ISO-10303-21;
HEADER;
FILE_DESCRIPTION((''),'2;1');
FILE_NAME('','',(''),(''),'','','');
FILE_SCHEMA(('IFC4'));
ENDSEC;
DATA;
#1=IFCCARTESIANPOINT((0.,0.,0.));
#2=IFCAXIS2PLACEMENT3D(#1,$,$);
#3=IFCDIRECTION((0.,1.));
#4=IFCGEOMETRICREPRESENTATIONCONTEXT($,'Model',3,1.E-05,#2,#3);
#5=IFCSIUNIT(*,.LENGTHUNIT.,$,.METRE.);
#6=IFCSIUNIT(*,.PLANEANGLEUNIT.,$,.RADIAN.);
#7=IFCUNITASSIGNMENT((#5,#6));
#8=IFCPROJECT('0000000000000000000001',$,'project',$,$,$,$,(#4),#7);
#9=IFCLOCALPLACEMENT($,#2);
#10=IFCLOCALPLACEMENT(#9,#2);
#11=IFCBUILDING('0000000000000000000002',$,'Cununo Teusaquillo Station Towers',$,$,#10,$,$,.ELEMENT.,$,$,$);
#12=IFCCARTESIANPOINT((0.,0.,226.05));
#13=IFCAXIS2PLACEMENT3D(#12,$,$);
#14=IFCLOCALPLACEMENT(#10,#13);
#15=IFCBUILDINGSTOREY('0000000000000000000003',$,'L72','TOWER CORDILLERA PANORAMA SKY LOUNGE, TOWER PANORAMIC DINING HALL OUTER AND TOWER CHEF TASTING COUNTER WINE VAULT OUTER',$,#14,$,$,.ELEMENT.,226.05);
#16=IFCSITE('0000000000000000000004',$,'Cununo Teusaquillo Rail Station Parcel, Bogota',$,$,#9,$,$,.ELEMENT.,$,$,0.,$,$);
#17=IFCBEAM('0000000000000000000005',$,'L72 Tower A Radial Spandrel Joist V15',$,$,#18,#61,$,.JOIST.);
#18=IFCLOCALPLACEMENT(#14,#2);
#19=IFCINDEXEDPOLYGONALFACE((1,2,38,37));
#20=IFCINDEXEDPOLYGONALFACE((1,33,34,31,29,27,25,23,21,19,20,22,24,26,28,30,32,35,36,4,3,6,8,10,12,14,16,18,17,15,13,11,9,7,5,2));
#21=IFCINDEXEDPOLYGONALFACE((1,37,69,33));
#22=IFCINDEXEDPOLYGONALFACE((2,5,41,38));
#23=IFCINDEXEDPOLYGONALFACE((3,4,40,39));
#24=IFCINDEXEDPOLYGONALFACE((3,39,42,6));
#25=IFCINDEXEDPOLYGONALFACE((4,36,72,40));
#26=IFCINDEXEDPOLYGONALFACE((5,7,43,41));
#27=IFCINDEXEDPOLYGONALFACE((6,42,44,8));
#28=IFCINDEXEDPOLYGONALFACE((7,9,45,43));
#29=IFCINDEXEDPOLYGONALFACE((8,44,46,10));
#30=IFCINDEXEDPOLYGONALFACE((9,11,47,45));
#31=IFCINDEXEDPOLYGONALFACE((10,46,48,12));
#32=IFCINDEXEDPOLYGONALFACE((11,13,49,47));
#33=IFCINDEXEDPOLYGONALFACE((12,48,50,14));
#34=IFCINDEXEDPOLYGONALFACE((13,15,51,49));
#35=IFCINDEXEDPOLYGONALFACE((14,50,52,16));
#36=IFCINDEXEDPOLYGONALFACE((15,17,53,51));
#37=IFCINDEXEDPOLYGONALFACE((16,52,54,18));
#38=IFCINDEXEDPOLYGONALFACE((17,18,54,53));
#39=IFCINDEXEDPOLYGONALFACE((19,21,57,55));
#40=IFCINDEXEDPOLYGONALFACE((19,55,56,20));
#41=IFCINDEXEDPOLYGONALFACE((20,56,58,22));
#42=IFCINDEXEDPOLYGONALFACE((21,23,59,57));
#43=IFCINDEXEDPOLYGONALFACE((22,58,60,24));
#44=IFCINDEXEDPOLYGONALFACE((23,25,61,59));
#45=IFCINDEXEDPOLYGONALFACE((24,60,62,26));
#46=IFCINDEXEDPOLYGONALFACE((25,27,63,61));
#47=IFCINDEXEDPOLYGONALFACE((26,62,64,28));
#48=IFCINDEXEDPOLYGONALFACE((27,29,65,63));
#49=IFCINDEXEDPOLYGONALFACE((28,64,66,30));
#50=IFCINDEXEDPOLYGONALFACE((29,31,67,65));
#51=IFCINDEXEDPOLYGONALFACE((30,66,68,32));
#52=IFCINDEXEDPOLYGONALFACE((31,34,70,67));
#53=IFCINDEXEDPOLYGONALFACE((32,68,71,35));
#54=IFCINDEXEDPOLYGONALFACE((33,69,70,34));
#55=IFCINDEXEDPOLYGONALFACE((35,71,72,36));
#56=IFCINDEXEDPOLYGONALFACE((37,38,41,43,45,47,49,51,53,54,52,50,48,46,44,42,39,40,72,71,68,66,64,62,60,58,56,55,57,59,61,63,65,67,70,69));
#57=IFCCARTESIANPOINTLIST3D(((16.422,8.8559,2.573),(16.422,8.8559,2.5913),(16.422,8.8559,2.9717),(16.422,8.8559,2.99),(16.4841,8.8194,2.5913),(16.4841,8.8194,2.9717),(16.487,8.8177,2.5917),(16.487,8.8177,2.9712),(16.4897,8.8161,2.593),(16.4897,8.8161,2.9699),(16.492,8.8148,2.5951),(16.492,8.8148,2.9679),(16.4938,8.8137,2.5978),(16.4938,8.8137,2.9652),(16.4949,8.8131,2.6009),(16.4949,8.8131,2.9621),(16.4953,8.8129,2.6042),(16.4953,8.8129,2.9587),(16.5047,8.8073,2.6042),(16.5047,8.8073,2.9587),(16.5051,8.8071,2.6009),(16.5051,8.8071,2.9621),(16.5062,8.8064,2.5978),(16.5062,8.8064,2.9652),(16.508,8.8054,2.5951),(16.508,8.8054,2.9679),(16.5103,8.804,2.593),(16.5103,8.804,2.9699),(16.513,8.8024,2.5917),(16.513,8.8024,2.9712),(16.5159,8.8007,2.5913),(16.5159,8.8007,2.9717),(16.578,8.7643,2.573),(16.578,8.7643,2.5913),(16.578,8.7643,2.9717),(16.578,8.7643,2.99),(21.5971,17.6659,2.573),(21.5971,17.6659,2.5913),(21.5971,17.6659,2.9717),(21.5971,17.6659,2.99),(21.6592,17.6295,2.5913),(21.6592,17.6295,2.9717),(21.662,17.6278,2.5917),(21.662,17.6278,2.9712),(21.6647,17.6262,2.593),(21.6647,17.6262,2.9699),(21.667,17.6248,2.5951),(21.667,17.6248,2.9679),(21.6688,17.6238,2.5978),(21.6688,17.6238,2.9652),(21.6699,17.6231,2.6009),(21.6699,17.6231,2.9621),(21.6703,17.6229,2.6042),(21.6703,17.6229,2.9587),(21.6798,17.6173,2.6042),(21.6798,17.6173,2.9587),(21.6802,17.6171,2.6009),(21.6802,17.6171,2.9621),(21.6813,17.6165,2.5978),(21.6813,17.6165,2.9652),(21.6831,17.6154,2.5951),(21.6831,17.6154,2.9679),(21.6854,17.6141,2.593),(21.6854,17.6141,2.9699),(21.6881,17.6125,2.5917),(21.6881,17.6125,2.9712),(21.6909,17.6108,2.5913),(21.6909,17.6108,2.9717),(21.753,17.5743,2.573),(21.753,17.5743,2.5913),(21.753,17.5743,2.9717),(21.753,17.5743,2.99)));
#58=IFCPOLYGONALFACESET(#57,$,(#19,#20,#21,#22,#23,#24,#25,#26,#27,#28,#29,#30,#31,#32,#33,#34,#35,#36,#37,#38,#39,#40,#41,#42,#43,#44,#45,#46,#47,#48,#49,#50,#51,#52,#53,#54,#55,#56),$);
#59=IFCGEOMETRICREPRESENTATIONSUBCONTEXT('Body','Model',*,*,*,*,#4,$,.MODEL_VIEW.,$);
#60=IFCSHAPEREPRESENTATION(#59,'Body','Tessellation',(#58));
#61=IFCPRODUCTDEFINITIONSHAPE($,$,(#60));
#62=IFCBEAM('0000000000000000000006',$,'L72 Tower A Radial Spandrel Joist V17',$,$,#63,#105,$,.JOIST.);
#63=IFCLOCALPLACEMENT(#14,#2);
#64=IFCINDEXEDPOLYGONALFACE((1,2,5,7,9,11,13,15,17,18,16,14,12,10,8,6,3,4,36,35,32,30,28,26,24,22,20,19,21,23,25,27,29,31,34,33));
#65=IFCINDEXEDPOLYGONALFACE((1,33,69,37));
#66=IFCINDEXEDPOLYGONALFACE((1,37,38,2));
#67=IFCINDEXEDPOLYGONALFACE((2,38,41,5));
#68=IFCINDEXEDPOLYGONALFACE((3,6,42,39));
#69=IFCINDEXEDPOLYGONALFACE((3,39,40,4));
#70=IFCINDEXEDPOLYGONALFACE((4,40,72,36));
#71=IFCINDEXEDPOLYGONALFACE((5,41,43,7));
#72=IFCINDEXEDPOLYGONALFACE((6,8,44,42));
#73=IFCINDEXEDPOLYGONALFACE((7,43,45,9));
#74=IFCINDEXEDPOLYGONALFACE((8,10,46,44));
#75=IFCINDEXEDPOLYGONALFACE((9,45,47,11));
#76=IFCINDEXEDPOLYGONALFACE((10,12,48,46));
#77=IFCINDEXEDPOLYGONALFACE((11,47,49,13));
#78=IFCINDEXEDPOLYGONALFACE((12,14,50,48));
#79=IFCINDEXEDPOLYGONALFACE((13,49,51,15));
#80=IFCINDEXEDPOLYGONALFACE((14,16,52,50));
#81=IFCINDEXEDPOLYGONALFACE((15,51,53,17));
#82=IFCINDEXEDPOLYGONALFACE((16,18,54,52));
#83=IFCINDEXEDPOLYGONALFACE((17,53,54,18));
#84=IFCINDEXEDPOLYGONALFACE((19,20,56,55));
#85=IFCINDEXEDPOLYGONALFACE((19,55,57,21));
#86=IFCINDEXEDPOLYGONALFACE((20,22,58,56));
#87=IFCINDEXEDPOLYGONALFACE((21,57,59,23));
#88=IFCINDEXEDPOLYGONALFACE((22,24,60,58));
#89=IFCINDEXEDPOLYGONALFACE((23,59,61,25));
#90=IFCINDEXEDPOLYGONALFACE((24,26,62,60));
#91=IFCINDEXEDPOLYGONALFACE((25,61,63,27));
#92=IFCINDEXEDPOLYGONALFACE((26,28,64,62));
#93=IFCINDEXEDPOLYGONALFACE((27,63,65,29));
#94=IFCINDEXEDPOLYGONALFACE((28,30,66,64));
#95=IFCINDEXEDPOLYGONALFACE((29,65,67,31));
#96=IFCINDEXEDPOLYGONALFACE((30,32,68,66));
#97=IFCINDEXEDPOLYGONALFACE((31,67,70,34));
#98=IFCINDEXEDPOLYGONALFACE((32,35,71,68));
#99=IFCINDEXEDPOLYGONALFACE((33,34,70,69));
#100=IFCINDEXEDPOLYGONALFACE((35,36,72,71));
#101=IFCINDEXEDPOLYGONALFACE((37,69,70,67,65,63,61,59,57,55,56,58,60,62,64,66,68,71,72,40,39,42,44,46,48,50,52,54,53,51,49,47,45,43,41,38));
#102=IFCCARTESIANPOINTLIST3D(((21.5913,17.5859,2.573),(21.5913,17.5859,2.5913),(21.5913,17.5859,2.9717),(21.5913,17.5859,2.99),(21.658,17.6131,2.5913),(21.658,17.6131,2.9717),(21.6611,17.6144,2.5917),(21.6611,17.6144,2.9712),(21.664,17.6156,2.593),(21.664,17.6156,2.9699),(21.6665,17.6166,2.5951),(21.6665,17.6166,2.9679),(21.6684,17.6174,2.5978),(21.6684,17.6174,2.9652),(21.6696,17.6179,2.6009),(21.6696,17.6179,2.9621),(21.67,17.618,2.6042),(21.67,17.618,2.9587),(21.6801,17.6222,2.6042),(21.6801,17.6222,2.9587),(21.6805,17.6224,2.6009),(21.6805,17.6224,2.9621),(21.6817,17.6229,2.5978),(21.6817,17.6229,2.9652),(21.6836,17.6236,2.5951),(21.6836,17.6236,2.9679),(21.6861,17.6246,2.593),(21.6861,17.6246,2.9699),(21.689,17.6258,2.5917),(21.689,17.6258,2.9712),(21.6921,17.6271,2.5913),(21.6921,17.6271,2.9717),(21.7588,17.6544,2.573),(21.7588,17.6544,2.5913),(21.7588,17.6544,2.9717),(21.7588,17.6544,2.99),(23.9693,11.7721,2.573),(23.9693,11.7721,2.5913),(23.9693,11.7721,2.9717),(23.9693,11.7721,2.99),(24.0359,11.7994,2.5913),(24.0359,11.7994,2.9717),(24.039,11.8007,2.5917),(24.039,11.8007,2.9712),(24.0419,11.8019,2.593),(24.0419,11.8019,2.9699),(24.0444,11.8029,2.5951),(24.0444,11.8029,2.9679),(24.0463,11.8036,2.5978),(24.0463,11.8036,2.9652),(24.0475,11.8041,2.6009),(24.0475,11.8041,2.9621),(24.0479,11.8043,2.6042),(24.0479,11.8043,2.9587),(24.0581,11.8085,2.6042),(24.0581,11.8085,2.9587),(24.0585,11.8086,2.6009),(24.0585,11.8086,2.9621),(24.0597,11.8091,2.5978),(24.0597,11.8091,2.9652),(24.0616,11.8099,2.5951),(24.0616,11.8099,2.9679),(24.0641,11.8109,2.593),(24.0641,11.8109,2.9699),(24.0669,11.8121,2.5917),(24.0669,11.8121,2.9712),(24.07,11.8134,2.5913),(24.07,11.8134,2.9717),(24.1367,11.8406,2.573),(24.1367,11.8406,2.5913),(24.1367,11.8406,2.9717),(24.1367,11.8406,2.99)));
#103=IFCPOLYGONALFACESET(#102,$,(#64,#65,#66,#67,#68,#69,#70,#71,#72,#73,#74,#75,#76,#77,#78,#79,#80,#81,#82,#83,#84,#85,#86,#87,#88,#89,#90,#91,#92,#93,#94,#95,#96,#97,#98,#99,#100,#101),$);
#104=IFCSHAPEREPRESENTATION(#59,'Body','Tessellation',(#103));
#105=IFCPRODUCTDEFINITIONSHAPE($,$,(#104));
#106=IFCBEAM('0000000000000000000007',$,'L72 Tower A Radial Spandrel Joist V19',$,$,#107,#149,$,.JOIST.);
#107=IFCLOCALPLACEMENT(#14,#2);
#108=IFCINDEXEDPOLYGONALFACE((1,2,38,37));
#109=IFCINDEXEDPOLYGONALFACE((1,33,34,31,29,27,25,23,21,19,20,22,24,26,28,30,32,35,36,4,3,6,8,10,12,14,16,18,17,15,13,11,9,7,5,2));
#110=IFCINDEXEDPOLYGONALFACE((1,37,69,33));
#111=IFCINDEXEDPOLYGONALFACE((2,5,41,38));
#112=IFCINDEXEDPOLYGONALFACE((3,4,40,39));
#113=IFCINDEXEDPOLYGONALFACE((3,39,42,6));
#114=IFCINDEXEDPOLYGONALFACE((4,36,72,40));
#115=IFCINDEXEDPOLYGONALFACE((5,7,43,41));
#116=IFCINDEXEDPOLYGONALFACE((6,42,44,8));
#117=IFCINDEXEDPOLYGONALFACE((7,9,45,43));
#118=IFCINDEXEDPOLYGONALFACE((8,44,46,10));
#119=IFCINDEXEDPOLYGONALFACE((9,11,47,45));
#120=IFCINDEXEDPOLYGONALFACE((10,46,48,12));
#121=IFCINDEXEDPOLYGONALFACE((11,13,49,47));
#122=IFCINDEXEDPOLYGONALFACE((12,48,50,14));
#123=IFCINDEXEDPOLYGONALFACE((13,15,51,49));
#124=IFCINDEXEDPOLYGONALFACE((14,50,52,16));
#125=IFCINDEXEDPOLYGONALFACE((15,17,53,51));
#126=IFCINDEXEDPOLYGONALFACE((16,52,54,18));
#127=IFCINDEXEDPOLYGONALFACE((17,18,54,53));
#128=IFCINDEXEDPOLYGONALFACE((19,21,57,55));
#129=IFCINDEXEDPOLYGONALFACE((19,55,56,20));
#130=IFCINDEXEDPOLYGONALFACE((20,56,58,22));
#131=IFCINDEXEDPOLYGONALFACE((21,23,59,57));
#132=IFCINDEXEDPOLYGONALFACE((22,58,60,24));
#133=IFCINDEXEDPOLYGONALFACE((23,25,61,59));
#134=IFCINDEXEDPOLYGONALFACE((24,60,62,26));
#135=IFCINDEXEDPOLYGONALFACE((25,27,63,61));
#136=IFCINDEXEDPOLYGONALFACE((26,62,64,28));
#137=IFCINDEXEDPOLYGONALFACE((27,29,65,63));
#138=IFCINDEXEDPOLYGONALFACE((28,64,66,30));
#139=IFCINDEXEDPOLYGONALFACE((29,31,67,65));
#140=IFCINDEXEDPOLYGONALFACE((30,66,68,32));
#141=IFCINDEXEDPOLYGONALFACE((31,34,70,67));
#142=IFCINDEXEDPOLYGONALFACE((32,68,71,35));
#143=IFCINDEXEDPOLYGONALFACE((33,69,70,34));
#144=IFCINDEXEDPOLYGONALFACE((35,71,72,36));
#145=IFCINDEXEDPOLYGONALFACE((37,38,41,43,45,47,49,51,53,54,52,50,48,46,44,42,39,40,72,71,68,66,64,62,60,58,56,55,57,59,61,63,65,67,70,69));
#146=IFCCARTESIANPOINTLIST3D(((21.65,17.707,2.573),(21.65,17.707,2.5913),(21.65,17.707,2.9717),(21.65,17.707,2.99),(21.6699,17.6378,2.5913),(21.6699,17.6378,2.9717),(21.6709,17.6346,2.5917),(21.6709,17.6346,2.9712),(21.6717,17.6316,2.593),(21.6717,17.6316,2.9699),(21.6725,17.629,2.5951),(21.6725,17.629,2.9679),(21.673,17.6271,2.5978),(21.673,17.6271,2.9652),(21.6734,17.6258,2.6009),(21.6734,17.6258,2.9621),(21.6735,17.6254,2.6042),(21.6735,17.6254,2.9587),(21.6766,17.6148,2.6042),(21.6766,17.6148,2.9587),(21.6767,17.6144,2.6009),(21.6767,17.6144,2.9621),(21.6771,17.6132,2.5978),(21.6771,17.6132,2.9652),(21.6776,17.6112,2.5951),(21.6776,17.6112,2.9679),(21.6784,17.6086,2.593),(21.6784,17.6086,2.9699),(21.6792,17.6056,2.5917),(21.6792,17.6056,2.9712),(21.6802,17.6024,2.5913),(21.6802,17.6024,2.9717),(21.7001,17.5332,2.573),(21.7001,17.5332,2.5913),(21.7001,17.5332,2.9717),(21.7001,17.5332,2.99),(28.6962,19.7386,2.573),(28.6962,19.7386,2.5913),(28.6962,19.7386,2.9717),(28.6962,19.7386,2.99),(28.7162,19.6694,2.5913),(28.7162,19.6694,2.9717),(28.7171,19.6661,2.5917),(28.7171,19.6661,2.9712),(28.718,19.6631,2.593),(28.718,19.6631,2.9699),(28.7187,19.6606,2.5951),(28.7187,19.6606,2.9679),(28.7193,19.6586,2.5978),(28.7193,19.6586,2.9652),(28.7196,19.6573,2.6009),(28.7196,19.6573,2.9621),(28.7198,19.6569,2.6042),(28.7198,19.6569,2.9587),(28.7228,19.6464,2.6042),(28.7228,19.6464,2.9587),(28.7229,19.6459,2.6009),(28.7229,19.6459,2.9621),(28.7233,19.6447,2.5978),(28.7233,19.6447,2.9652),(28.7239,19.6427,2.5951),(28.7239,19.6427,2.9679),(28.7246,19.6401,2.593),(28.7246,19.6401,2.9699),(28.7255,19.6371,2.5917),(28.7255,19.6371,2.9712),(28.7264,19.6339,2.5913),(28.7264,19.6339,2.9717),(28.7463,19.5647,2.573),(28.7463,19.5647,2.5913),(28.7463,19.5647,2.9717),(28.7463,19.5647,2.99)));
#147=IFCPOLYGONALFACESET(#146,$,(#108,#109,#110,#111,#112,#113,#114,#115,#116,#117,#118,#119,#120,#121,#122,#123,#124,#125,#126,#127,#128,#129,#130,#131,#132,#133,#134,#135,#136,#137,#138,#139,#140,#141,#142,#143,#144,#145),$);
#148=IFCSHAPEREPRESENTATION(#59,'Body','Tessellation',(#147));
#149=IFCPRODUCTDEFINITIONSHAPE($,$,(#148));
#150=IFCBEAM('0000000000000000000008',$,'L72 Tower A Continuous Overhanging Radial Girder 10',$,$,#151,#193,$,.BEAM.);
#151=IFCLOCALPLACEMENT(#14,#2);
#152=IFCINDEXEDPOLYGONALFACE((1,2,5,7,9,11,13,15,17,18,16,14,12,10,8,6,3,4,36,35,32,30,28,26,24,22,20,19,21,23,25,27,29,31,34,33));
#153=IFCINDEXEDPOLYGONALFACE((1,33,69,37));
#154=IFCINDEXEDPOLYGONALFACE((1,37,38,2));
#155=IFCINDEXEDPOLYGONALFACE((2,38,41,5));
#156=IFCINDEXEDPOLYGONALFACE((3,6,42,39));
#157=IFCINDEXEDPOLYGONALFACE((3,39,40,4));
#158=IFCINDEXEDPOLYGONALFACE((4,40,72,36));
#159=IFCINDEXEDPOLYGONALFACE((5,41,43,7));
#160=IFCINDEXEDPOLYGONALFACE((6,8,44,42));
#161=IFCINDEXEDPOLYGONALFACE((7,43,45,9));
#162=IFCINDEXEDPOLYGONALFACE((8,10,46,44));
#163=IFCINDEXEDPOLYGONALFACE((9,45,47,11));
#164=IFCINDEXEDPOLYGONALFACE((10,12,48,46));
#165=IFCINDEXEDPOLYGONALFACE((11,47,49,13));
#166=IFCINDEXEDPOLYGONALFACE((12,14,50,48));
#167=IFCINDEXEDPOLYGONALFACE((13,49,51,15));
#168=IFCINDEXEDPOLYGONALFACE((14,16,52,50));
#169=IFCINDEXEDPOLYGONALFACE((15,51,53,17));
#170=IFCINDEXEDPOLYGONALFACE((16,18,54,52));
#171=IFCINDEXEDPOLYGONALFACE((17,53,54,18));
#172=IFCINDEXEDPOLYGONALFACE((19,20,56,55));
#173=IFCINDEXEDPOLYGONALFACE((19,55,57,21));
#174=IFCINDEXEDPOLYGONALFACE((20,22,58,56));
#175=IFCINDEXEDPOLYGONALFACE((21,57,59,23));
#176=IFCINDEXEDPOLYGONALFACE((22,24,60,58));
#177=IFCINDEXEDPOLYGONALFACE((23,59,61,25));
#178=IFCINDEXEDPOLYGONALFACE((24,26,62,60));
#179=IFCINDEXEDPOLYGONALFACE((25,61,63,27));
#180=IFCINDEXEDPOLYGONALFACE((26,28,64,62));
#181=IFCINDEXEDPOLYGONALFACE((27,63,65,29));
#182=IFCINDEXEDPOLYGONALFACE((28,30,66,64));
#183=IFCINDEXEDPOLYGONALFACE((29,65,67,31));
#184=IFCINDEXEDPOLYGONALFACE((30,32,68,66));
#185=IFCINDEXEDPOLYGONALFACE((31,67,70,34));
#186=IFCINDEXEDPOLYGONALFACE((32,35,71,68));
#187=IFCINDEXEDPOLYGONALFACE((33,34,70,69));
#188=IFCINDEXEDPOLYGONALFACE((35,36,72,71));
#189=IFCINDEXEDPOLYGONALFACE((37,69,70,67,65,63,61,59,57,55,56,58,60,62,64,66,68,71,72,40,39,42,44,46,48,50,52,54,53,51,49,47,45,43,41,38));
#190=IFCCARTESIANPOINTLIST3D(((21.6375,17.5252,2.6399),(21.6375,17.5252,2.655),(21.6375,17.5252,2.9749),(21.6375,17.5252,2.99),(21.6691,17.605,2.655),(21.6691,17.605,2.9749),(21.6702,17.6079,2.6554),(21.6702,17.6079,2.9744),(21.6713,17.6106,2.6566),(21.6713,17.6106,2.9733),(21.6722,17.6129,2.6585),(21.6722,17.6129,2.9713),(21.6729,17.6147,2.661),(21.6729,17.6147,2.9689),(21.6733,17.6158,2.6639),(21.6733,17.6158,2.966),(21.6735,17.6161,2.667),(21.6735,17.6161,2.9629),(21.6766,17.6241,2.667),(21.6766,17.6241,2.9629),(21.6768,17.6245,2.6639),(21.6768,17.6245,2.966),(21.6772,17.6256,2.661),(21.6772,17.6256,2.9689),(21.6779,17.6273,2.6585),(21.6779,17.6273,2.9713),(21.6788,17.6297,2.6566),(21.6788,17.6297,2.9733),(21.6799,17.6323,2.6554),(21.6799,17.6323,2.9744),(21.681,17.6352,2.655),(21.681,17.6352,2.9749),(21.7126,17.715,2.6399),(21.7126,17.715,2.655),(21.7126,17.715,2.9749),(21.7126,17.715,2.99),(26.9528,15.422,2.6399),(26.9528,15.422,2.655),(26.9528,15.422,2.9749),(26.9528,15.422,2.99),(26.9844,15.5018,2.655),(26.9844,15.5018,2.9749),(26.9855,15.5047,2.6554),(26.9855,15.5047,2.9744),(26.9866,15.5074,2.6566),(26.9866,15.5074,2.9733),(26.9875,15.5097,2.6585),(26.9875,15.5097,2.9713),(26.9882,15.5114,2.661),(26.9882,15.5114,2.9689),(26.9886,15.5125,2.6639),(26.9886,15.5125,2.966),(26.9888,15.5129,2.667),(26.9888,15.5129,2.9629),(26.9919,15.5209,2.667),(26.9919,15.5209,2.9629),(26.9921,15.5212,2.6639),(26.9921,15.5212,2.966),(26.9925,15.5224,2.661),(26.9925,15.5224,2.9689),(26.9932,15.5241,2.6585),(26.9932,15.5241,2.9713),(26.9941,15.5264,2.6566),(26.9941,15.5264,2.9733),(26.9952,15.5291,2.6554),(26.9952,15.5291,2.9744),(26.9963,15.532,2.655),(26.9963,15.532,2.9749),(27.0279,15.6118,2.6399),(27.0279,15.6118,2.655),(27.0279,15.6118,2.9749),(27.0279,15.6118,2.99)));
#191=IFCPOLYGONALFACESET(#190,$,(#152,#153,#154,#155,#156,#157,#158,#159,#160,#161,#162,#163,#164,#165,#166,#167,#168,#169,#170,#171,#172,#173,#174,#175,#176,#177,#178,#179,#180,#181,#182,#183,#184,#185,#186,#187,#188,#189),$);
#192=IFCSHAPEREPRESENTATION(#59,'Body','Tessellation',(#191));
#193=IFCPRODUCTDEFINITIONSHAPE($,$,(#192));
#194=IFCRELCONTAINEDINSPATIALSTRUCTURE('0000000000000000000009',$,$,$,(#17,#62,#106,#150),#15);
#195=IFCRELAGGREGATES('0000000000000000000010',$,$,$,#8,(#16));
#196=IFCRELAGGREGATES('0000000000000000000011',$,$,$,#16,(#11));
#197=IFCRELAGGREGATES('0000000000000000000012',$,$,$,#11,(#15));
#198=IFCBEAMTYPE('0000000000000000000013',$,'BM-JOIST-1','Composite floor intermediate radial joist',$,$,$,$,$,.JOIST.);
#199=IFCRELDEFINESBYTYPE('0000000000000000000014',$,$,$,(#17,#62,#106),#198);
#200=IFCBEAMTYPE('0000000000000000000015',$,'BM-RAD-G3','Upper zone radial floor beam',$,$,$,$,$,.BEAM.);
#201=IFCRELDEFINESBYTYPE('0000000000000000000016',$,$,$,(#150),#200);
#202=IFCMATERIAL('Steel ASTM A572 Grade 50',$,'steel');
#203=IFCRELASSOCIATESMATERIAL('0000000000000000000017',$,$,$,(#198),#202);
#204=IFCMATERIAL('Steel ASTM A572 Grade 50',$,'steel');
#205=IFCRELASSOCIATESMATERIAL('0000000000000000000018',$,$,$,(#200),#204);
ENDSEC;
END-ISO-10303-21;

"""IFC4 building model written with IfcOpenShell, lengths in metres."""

from ifc_helpers import new_model, si_unit, direction, frame, origin, origin_2d, place, context, subcontext, project, spatial, i_section, extrude, material, material_profile, profile_set, type_object, element, save


model = new_model("IFC4")

# Units and contexts
model_context = context("Model", 3, precision=1e-05, world=origin(), true_north=direction((0.0, 1.0)))
body_context = subcontext(model_context, "Body", "Model", "MODEL_VIEW")
ifc_project = project(units=[si_unit("LENGTHUNIT", "METRE"), si_unit("PLANEANGLEUNIT", "RADIAN")], contexts=[model_context])

# Site, building, storey
site_placement = place(None, origin())
site = spatial("IfcSite", under=ifc_project, at=site_placement, Name="Cununo Teusaquillo Rail Station Parcel, Bogota", CompositionType="ELEMENT", RefElevation=0.0)
building_placement = place(site_placement, origin())
building = spatial("IfcBuilding", under=site, at=building_placement, Name="Cununo Teusaquillo Station Towers", CompositionType="ELEMENT")
storey_placement = place(building_placement, frame((0.0, 0.0, 226.05)))
storey = spatial("IfcBuildingStorey", under=building, at=storey_placement, Name="L72", Description="TOWER CORDILLERA PANORAMA SKY LOUNGE, TOWER PANORAMIC DINING HALL OUTER AND TOWER CHEF TASTING COUNTER WINE VAULT OUTER", CompositionType="ELEMENT", Elevation=226.05)

# Beams
ifc_material_1 = material(Name="Steel ASTM A572 Grade 50", Category="steel")
ifc_material_profile_1 = material_profile(ifc_material_1, i_section(OverallWidth=0.1809, OverallDepth=0.417, WebThickness=0.011, FlangeThickness=0.0183, FilletRadius=0.0129, at=origin_2d()), Name="W16X57")
ifc_profile_set_1 = profile_set([ifc_material_profile_1], Name="Steel ASTM A572 Grade 50")
beam_type_1 = type_object("IfcBeamType", Name="BM-JOIST-1", Description="Composite floor intermediate radial joist", PredefinedType="JOIST", material=ifc_profile_set_1)
beam_1_placement = place(storey_placement, frame((21.675, 17.6201, 2.7815), z_axis=(-0.506486, -0.862248, 0.0), x_axis=(0.862248, -0.506486, 0.0)))
element("IfcBeam", 1, at=beam_1_placement, inside=storey, type_object=beam_type_1, Name="L72 Tower A Radial Spandrel Joist V15", PredefinedType="JOIST", context=body_context, shape_type="SweptSolid", body=[
    extrude(i_section(OverallWidth=0.1809, OverallDepth=0.417, WebThickness=0.011, FlangeThickness=0.0183, FilletRadius=0.0129, at=origin_2d()), origin(), (0.0, 0.0, 1.0), 10.2175),
])
beam_2_placement = place(storey_placement, frame((21.675, 17.6201, 2.7815), z_axis=(0.378577, -0.92557, 0.0), x_axis=(0.92557, 0.378577, 0.0)))
element("IfcBeam", 2, at=beam_2_placement, inside=storey, type_object=beam_type_1, Name="L72 Tower A Radial Spandrel Joist V17", PredefinedType="JOIST", context=body_context, shape_type="SweptSolid", body=[
    extrude(i_section(OverallWidth=0.1809, OverallDepth=0.417, WebThickness=0.011, FlangeThickness=0.0183, FilletRadius=0.0129, at=origin_2d()), origin(), (0.0, 0.0, 1.0), 6.2812),
])
beam_3_placement = place(storey_placement, frame((21.675, 17.6201, 2.7815), z_axis=(0.960862, 0.277029, 0.0), x_axis=(-0.277029, 0.960862, 0.0)))
element("IfcBeam", 3, at=beam_3_placement, inside=storey, type_object=beam_type_1, Name="L72 Tower A Radial Spandrel Joist V19", PredefinedType="JOIST", context=body_context, shape_type="SweptSolid", body=[
    extrude(i_section(OverallWidth=0.1809, OverallDepth=0.417, WebThickness=0.011, FlangeThickness=0.0183, FilletRadius=0.0129, at=origin_2d()), origin(), (0.0, 0.0, 1.0), 7.3333),
])
ifc_material_2 = material(Name="Steel ASTM A572 Grade 50", Category="steel")
ifc_material_profile_2 = material_profile(ifc_material_2, i_section(OverallWidth=0.2041, OverallDepth=0.3501, WebThickness=0.0085, FlangeThickness=0.0151, FilletRadius=0.012, at=origin_2d()), Name="W14X48")
ifc_profile_set_2 = profile_set([ifc_material_profile_2], Name="Steel ASTM A572 Grade 50")
beam_type_2 = type_object("IfcBeamType", Name="BM-RAD-G3", Description="Upper zone radial floor beam", PredefinedType="BEAM", material=ifc_profile_set_2)
beam_4_placement = place(storey_placement, frame((21.675, 17.6201, 2.8149), z_axis=(0.929852, -0.367935, 0.0), x_axis=(0.367935, 0.929852, 0.0)))
element("IfcBeam", 4, at=beam_4_placement, inside=storey, type_object=beam_type_2, Name="L72 Tower A Continuous Overhanging Radial Girder 10", PredefinedType="BEAM", context=body_context, shape_type="SweptSolid", body=[
    extrude(i_section(OverallWidth=0.2041, OverallDepth=0.3501, WebThickness=0.0085, FlangeThickness=0.0151, FilletRadius=0.012, at=origin_2d()), origin(), (0.0, 0.0, 1.0), 5.7163),
])

save(model, "model.ifc")
